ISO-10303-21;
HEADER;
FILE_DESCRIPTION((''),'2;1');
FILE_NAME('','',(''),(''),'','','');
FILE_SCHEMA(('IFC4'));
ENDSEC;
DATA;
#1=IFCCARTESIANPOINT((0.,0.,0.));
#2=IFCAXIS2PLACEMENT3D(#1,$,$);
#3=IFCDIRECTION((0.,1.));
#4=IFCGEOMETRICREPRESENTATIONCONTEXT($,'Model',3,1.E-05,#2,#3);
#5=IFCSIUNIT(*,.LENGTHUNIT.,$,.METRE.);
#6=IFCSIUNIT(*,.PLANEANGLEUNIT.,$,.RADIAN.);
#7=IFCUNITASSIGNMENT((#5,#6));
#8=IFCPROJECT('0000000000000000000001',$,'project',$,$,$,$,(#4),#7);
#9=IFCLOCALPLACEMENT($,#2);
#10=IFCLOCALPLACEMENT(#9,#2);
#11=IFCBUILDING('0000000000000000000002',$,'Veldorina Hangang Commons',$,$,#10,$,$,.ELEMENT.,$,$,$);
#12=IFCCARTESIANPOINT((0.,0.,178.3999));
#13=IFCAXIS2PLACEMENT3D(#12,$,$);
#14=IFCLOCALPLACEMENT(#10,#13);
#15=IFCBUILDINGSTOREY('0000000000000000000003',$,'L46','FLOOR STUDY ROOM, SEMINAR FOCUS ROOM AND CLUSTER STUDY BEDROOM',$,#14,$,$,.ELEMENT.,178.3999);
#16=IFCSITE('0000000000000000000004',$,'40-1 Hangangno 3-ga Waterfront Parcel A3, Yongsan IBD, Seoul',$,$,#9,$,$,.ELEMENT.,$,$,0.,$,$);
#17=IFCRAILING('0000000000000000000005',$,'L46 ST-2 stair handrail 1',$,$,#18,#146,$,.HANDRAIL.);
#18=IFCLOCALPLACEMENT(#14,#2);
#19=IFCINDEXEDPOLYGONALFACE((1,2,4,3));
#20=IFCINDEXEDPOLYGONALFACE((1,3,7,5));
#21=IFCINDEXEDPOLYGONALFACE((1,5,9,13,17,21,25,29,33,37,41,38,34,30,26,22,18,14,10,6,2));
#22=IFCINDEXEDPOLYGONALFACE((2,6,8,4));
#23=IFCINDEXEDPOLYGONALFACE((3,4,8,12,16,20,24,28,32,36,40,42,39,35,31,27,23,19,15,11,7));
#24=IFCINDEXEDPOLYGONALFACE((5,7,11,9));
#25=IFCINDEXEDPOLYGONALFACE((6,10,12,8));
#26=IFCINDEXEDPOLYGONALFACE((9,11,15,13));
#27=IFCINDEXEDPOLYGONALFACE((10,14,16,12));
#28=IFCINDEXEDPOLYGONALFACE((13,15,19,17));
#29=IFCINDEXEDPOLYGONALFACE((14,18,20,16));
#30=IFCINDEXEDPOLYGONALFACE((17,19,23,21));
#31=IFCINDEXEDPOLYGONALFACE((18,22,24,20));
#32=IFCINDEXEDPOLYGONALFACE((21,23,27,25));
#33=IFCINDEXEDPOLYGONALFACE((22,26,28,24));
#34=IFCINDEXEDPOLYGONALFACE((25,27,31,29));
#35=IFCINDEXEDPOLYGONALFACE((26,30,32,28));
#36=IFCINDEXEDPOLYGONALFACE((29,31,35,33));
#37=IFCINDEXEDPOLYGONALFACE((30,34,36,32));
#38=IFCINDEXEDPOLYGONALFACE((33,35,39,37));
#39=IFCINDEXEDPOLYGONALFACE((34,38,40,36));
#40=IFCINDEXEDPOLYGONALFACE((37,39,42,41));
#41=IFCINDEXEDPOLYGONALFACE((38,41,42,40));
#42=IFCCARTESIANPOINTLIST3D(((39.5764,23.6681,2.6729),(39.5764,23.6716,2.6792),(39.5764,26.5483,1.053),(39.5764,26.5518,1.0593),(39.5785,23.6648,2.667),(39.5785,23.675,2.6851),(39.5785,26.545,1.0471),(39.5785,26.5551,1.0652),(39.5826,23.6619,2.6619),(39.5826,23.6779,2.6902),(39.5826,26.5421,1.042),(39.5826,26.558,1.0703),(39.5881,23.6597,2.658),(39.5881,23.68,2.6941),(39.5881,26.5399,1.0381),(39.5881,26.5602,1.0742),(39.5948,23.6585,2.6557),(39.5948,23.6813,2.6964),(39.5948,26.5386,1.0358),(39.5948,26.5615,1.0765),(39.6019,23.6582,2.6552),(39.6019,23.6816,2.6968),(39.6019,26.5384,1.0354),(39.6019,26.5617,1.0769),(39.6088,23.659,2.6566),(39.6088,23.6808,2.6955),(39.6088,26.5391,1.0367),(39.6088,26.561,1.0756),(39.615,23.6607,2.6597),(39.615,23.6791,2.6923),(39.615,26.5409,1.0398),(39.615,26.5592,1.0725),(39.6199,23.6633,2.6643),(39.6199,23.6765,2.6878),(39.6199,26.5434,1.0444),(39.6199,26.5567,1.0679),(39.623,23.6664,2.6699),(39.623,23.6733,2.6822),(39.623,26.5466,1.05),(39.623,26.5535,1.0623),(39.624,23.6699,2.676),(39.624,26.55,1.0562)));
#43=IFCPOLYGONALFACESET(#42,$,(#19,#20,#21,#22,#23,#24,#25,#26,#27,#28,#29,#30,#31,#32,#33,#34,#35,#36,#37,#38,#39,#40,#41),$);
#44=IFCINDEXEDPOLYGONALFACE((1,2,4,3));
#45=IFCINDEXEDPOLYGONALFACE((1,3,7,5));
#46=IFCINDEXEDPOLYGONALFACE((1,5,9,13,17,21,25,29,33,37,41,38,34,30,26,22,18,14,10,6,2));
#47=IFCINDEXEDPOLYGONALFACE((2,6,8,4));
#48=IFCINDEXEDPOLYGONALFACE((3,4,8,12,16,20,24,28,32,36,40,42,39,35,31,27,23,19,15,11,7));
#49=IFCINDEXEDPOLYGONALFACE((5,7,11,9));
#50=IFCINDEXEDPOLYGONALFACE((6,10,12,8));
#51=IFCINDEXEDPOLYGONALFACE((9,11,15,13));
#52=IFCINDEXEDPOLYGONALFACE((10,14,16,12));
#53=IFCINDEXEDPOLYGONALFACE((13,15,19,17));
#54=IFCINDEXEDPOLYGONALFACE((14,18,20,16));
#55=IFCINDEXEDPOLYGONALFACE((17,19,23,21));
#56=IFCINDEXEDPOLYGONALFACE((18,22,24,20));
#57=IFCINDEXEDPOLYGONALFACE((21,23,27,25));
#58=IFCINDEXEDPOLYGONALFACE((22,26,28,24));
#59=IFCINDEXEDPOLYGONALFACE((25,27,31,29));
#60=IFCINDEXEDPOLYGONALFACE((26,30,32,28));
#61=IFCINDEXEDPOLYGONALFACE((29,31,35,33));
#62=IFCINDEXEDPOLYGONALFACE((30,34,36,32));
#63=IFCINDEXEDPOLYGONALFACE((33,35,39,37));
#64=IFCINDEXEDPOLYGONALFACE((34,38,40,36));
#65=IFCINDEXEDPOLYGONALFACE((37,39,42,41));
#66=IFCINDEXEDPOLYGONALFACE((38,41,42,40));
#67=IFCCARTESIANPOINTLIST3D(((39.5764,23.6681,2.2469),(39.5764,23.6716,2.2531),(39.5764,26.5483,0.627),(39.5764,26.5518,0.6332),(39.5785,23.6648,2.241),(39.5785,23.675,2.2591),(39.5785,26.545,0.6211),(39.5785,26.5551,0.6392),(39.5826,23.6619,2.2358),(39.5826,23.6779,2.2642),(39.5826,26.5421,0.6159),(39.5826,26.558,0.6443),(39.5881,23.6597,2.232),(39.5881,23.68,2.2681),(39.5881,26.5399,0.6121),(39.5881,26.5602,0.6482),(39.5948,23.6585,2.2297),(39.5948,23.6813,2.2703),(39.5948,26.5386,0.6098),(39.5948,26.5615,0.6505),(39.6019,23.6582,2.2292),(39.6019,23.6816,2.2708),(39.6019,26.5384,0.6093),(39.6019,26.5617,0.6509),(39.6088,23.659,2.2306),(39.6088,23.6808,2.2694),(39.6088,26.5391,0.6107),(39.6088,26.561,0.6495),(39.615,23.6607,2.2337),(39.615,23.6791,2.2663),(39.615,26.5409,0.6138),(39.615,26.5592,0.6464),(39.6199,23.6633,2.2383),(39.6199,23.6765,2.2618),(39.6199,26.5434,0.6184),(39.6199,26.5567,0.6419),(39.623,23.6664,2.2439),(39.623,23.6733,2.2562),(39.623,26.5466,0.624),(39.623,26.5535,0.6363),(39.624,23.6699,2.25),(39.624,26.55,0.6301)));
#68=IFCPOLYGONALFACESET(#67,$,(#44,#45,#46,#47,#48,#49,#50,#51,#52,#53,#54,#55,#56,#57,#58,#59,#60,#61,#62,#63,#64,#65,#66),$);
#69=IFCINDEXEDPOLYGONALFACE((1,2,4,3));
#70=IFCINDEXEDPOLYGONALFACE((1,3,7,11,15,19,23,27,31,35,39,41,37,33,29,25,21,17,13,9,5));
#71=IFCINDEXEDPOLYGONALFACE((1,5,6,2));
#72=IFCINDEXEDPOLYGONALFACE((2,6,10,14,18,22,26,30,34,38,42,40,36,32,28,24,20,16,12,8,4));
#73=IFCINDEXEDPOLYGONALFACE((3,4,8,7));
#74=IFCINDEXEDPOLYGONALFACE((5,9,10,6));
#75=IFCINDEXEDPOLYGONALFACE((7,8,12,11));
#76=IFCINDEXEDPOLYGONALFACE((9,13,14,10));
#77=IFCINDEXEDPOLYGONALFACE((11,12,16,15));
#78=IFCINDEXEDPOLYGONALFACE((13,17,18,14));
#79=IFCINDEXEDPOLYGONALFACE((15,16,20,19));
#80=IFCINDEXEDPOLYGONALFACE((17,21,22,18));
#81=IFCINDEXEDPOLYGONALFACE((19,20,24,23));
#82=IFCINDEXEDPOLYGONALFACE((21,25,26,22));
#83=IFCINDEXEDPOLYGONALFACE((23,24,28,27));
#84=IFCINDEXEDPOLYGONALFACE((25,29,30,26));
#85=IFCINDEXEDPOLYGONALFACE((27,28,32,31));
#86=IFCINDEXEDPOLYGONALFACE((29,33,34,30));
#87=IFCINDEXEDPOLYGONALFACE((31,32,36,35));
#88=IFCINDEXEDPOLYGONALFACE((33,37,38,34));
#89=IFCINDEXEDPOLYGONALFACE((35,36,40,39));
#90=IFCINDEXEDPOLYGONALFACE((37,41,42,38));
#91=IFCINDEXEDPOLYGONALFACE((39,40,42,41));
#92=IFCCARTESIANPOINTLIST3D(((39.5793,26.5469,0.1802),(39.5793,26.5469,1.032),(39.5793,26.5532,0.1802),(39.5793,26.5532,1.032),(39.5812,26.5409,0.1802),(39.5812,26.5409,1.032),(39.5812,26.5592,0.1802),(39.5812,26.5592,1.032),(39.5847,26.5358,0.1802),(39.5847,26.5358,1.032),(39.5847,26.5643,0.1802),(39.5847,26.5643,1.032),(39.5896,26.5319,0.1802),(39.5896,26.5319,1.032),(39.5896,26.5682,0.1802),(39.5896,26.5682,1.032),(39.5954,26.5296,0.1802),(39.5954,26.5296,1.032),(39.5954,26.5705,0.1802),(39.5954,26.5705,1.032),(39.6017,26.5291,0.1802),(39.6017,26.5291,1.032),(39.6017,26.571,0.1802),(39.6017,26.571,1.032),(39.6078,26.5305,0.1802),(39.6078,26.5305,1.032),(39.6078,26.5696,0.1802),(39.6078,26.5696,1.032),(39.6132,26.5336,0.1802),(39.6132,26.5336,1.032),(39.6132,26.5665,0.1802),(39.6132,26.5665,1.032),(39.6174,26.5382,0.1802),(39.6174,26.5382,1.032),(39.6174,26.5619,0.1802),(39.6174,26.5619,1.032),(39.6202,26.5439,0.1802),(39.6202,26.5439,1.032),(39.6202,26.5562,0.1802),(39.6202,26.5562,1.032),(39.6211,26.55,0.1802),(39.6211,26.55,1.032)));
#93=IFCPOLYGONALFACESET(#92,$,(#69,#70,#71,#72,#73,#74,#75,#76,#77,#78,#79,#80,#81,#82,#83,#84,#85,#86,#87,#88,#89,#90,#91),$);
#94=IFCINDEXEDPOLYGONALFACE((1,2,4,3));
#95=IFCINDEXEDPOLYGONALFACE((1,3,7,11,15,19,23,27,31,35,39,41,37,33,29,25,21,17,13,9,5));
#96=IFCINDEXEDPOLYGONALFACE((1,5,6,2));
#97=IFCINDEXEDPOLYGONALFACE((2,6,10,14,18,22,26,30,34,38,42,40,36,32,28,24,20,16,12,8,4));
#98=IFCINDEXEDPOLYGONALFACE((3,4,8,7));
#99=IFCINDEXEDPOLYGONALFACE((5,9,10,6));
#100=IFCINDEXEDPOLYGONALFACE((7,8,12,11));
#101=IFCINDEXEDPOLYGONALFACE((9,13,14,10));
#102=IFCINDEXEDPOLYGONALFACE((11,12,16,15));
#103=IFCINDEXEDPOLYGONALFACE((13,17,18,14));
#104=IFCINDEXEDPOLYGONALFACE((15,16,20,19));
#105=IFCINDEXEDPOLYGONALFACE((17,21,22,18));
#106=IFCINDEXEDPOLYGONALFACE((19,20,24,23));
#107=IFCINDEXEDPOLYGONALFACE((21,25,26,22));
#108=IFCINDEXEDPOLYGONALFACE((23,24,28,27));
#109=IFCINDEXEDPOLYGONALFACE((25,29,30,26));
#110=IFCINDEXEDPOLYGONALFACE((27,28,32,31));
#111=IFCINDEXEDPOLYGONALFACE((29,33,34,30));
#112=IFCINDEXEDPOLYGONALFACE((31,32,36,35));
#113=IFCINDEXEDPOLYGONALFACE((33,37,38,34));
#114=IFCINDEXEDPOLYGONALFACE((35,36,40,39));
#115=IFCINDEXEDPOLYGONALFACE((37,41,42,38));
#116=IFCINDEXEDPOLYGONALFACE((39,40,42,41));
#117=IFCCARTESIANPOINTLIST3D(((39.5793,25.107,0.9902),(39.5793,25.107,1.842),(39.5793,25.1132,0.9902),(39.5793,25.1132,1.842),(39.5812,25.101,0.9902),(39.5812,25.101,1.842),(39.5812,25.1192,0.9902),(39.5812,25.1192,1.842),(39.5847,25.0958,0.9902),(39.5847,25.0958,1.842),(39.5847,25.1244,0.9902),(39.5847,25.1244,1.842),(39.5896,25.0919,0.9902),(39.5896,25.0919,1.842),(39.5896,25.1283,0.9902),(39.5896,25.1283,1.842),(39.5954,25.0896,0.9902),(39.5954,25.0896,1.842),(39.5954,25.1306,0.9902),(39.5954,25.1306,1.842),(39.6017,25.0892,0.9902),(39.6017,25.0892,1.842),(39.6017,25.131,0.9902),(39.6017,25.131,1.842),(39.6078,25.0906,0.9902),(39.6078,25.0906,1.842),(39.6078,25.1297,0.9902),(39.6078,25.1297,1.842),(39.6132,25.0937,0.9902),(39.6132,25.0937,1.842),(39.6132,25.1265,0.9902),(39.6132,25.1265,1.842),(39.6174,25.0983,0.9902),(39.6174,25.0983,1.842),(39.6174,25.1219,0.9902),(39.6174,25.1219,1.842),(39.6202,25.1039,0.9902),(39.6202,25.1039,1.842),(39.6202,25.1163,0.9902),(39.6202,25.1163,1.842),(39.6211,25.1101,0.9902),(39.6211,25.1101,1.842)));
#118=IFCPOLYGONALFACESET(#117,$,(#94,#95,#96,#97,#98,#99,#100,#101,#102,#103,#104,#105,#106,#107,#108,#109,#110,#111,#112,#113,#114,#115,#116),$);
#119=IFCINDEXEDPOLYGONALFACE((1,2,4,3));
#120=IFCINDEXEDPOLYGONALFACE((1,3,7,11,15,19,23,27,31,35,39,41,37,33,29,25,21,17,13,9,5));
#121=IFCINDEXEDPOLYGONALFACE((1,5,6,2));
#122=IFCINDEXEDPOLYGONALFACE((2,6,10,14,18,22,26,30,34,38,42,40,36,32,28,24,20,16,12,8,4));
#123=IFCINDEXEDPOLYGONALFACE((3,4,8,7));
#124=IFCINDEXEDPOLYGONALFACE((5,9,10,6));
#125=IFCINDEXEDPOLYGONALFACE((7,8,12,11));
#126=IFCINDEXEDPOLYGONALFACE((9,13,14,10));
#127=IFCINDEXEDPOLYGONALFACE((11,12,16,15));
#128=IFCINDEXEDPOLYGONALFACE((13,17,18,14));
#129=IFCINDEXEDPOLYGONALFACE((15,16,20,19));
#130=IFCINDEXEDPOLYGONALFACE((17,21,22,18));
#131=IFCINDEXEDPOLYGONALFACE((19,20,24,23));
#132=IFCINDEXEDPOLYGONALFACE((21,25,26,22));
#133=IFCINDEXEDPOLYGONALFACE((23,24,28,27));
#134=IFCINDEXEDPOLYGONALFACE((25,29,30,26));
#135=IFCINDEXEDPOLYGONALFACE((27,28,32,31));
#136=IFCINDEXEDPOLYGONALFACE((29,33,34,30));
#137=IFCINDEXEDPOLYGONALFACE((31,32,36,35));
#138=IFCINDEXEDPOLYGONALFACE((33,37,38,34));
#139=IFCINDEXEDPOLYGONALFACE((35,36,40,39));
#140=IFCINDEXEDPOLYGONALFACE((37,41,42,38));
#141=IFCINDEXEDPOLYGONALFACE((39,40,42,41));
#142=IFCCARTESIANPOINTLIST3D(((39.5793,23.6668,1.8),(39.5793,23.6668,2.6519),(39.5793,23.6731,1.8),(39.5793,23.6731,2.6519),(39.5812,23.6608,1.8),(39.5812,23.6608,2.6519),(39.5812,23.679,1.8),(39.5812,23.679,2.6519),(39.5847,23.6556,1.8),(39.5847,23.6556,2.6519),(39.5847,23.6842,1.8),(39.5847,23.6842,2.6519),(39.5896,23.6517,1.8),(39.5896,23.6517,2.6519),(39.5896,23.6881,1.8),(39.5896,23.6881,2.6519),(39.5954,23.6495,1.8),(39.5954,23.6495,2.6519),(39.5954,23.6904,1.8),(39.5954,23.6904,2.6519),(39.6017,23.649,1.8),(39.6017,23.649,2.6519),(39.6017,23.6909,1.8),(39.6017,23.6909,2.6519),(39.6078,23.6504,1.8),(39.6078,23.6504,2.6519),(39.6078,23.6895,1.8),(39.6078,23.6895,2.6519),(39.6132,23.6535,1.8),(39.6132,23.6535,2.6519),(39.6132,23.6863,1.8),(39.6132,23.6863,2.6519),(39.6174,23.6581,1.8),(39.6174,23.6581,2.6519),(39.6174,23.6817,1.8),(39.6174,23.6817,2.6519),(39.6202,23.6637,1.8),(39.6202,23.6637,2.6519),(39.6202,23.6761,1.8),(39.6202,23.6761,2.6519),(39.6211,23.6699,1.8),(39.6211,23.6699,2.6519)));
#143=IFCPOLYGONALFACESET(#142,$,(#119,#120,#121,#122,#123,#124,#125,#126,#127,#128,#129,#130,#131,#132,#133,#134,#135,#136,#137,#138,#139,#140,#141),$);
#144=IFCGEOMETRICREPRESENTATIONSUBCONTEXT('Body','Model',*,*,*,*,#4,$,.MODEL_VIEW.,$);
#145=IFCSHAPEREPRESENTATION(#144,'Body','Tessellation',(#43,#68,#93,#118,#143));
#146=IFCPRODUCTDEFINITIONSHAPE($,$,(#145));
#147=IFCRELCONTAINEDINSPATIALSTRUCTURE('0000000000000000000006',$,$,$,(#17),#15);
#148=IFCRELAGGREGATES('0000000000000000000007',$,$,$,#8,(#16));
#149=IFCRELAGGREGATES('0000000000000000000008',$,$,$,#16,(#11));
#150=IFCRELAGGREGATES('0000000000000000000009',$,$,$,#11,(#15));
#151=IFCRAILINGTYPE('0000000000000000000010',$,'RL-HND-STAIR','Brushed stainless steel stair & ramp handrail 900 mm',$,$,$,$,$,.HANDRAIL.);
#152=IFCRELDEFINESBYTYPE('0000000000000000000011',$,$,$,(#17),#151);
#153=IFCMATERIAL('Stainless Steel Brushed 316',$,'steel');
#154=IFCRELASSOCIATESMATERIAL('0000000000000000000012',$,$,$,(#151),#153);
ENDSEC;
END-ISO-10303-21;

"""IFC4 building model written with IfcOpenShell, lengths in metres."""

from ifc_helpers import new_model, si_unit, direction, frame, origin, origin_2d, place, context, subcontext, project, spatial, circle, extrude, material, type_object, element, save


model = new_model("IFC4")

# Units and contexts
model_context = context("Model", 3, precision=1e-05, world=origin(), true_north=direction((0.0, 1.0)))
body_context = subcontext(model_context, "Body", "Model", "MODEL_VIEW")
ifc_project = project(units=[si_unit("LENGTHUNIT", "METRE"), si_unit("PLANEANGLEUNIT", "RADIAN")], contexts=[model_context])

# Site, building, storey
site_placement = place(None, origin())
site = spatial("IfcSite", under=ifc_project, at=site_placement, Name="40-1 Hangangno 3-ga Waterfront Parcel A3, Yongsan IBD, Seoul", CompositionType="ELEMENT", RefElevation=0.0)
building_placement = place(site_placement, origin())
building = spatial("IfcBuilding", under=site, at=building_placement, Name="Veldorina Hangang Commons", CompositionType="ELEMENT")
storey_placement = place(building_placement, frame((0.0, 0.0, 178.3999)))
storey = spatial("IfcBuildingStorey", under=building, at=storey_placement, Name="L46", Description="FLOOR STUDY ROOM, SEMINAR FOCUS ROOM AND CLUSTER STUDY BEDROOM", CompositionType="ELEMENT", Elevation=178.3999)

# Railing
ifc_material_1 = material(Name="Stainless Steel Brushed 316", Category="steel")
railing_type_1 = type_object("IfcRailingType", Name="RL-HND-STAIR", Description="Brushed stainless steel stair & ramp handrail 900 mm", PredefinedType="HANDRAIL", material=ifc_material_1)
railing_1_placement = place(storey_placement, frame((39.6001, 26.55, 0.1802)))
element("IfcRailing", 1, at=railing_1_placement, inside=storey, type_object=railing_type_1, Name="L46 ST-2 stair handrail 1", PredefinedType="HANDRAIL", context=body_context, shape_type="SweptSolid", body=[
    extrude(circle(Radius=0.0239, at=origin_2d()), frame((0.0, 0.0, 0.876), z_axis=(0.0, -0.871601, 0.490216), x_axis=(1.0, 0.0, 0.0)), (0.0, 0.0, 1.0), 3.3044),
    extrude(circle(Radius=0.0239, at=origin_2d()), frame((0.0, 0.0, 0.45), z_axis=(0.0, -0.871601, 0.490216), x_axis=(1.0, 0.0, 0.0)), (0.0, 0.0, 1.0), 3.3044),
    extrude(circle(Radius=0.021, at=origin_2d()), origin(), (0.0, 0.0, 1.0), 0.8518),
    extrude(circle(Radius=0.021, at=origin_2d()), frame((0.0, -1.4399, 0.8101)), (0.0, 0.0, 1.0), 0.8518),
    extrude(circle(Radius=0.021, at=origin_2d()), frame((0.0, -2.8801, 1.6199)), (0.0, 0.0, 1.0), 0.8518),
])

save(model, "model.ifc")
